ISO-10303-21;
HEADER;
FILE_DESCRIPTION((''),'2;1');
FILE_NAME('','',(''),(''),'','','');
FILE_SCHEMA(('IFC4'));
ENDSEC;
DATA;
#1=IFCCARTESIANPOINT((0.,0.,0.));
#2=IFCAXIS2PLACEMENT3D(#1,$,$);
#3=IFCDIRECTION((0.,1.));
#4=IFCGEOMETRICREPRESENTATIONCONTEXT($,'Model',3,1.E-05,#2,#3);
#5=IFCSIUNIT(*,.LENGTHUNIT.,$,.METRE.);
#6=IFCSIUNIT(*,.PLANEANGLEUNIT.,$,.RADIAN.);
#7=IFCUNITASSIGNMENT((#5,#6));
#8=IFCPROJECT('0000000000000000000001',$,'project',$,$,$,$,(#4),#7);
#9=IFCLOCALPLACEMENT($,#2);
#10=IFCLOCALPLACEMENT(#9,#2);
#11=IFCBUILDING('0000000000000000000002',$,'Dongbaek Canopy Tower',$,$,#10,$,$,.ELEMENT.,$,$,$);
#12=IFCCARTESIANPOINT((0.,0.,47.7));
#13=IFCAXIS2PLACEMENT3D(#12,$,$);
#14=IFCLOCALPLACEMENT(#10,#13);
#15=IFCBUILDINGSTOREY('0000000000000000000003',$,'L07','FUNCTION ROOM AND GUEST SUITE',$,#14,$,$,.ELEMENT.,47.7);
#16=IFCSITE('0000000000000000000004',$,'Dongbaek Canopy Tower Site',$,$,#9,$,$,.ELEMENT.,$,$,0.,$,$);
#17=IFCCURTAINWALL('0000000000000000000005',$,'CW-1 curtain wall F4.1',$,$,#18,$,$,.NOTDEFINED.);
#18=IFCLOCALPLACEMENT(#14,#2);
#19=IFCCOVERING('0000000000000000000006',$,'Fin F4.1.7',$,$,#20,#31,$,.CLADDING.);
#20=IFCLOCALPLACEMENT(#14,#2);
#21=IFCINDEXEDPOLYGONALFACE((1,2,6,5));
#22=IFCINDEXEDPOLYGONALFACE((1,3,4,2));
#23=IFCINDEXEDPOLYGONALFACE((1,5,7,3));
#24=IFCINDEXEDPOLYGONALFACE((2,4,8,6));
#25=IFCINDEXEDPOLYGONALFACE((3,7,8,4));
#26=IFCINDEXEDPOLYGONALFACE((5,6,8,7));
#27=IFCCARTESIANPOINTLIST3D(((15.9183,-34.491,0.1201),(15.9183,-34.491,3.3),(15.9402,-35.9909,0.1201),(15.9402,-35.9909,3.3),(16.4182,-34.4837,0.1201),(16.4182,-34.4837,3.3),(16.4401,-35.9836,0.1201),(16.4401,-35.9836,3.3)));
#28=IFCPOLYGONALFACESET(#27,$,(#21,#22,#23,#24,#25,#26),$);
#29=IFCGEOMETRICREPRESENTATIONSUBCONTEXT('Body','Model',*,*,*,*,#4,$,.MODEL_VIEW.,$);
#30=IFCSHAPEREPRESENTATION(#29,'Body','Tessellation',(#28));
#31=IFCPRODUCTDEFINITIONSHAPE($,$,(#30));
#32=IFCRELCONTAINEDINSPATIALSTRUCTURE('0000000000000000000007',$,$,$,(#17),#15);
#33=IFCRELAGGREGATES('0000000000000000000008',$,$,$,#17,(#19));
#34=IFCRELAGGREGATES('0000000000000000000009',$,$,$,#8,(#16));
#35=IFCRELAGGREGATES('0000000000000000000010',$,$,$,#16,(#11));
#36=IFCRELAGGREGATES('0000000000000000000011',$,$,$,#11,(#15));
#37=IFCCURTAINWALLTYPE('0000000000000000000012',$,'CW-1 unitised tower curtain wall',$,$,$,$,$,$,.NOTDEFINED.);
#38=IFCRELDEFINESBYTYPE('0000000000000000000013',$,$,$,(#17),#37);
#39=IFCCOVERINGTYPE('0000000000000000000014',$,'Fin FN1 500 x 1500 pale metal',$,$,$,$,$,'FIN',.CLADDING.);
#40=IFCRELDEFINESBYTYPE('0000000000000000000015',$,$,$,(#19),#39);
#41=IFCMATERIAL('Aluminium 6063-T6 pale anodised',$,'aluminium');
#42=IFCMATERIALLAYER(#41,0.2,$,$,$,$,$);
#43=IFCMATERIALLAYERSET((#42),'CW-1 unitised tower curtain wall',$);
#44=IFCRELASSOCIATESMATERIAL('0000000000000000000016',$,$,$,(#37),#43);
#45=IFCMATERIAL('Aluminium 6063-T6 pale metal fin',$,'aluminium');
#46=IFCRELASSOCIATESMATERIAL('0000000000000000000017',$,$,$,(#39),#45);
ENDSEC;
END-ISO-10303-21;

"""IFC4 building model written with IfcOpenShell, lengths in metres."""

from ifc_helpers import new_model, si_unit, direction, frame, origin, origin_2d, place, context, subcontext, project, spatial, rectangle, extrude, material, layer, layer_set, material_profile, profile_set, type_object, element, aggregate, save


model = new_model("IFC4")

# Units and contexts
model_context = context("Model", 3, precision=1e-05, world=origin(), true_north=direction((0.0, 1.0)))
body_context = subcontext(model_context, "Body", "Model", "MODEL_VIEW")
ifc_project = project(units=[si_unit("LENGTHUNIT", "METRE"), si_unit("PLANEANGLEUNIT", "RADIAN")], contexts=[model_context])

# Site, building, storey
site_placement = place(None, origin())
site = spatial("IfcSite", under=ifc_project, at=site_placement, Name="Dongbaek Canopy Tower Site", CompositionType="ELEMENT", RefElevation=0.0)
building_placement = place(site_placement, origin())
building = spatial("IfcBuilding", under=site, at=building_placement, Name="Dongbaek Canopy Tower", CompositionType="ELEMENT")
storey_placement = place(building_placement, frame((0.0, 0.0, 47.7)))
storey = spatial("IfcBuildingStorey", under=building, at=storey_placement, Name="L07", Description="FUNCTION ROOM AND GUEST SUITE", CompositionType="ELEMENT", Elevation=47.7)

# Curtain wall
ifc_material_1 = material(Name="Aluminium 6063-T6 pale anodised", Category="aluminium")
ifc_layer_1 = layer(ifc_material_1, 0.2)
ifc_layer_set_1 = layer_set([ifc_layer_1], Name="CW-1 unitised tower curtain wall")
curtain_wall_type = type_object("IfcCurtainWallType", Name="CW-1 unitised tower curtain wall", PredefinedType="NOTDEFINED", material=ifc_layer_set_1)
curtain_wall_1_placement = place(storey_placement, origin())
curtain_wall_1 = element("IfcCurtainWall", 1, at=curtain_wall_1_placement, inside=storey, type_object=curtain_wall_type, Name="CW-1 curtain wall F4.1", PredefinedType="NOTDEFINED")

# Covering
ifc_material_2 = material(Name="Aluminium 6063-T6 pale metal fin", Category="aluminium")
ifc_material_profile_1 = material_profile(ifc_material_2, rectangle(XDim=1.5, YDim=0.5, at=origin_2d()), Name="Fin FN1 500 x 1500 pale metal")
ifc_profile_set_1 = profile_set([ifc_material_profile_1], Name="Aluminium 6063-T6 pale metal fin")
covering_type = type_object("IfcCoveringType", Name="Fin FN1 500 x 1500 pale metal", ElementType="FIN", PredefinedType="CLADDING", material=ifc_profile_set_1)
covering_1_placement = place(storey_placement, frame((16.1792, -35.2373, 0.1201), z_axis=(0.0, 0.0, 1.0), x_axis=(0.014619, -0.999893, 0.0)))
covering_1 = element("IfcCovering", 2, at=covering_1_placement, type_object=covering_type, Name="Fin F4.1.7", PredefinedType="CLADDING", context=body_context, shape_type="SweptSolid", body=[
    extrude(rectangle(XDim=1.5, YDim=0.5, at=origin_2d()), origin(), (0.0, 0.0, 1.0), 3.1799),
])
aggregate(curtain_wall_1, [covering_1])

save(model, "model.ifc")
